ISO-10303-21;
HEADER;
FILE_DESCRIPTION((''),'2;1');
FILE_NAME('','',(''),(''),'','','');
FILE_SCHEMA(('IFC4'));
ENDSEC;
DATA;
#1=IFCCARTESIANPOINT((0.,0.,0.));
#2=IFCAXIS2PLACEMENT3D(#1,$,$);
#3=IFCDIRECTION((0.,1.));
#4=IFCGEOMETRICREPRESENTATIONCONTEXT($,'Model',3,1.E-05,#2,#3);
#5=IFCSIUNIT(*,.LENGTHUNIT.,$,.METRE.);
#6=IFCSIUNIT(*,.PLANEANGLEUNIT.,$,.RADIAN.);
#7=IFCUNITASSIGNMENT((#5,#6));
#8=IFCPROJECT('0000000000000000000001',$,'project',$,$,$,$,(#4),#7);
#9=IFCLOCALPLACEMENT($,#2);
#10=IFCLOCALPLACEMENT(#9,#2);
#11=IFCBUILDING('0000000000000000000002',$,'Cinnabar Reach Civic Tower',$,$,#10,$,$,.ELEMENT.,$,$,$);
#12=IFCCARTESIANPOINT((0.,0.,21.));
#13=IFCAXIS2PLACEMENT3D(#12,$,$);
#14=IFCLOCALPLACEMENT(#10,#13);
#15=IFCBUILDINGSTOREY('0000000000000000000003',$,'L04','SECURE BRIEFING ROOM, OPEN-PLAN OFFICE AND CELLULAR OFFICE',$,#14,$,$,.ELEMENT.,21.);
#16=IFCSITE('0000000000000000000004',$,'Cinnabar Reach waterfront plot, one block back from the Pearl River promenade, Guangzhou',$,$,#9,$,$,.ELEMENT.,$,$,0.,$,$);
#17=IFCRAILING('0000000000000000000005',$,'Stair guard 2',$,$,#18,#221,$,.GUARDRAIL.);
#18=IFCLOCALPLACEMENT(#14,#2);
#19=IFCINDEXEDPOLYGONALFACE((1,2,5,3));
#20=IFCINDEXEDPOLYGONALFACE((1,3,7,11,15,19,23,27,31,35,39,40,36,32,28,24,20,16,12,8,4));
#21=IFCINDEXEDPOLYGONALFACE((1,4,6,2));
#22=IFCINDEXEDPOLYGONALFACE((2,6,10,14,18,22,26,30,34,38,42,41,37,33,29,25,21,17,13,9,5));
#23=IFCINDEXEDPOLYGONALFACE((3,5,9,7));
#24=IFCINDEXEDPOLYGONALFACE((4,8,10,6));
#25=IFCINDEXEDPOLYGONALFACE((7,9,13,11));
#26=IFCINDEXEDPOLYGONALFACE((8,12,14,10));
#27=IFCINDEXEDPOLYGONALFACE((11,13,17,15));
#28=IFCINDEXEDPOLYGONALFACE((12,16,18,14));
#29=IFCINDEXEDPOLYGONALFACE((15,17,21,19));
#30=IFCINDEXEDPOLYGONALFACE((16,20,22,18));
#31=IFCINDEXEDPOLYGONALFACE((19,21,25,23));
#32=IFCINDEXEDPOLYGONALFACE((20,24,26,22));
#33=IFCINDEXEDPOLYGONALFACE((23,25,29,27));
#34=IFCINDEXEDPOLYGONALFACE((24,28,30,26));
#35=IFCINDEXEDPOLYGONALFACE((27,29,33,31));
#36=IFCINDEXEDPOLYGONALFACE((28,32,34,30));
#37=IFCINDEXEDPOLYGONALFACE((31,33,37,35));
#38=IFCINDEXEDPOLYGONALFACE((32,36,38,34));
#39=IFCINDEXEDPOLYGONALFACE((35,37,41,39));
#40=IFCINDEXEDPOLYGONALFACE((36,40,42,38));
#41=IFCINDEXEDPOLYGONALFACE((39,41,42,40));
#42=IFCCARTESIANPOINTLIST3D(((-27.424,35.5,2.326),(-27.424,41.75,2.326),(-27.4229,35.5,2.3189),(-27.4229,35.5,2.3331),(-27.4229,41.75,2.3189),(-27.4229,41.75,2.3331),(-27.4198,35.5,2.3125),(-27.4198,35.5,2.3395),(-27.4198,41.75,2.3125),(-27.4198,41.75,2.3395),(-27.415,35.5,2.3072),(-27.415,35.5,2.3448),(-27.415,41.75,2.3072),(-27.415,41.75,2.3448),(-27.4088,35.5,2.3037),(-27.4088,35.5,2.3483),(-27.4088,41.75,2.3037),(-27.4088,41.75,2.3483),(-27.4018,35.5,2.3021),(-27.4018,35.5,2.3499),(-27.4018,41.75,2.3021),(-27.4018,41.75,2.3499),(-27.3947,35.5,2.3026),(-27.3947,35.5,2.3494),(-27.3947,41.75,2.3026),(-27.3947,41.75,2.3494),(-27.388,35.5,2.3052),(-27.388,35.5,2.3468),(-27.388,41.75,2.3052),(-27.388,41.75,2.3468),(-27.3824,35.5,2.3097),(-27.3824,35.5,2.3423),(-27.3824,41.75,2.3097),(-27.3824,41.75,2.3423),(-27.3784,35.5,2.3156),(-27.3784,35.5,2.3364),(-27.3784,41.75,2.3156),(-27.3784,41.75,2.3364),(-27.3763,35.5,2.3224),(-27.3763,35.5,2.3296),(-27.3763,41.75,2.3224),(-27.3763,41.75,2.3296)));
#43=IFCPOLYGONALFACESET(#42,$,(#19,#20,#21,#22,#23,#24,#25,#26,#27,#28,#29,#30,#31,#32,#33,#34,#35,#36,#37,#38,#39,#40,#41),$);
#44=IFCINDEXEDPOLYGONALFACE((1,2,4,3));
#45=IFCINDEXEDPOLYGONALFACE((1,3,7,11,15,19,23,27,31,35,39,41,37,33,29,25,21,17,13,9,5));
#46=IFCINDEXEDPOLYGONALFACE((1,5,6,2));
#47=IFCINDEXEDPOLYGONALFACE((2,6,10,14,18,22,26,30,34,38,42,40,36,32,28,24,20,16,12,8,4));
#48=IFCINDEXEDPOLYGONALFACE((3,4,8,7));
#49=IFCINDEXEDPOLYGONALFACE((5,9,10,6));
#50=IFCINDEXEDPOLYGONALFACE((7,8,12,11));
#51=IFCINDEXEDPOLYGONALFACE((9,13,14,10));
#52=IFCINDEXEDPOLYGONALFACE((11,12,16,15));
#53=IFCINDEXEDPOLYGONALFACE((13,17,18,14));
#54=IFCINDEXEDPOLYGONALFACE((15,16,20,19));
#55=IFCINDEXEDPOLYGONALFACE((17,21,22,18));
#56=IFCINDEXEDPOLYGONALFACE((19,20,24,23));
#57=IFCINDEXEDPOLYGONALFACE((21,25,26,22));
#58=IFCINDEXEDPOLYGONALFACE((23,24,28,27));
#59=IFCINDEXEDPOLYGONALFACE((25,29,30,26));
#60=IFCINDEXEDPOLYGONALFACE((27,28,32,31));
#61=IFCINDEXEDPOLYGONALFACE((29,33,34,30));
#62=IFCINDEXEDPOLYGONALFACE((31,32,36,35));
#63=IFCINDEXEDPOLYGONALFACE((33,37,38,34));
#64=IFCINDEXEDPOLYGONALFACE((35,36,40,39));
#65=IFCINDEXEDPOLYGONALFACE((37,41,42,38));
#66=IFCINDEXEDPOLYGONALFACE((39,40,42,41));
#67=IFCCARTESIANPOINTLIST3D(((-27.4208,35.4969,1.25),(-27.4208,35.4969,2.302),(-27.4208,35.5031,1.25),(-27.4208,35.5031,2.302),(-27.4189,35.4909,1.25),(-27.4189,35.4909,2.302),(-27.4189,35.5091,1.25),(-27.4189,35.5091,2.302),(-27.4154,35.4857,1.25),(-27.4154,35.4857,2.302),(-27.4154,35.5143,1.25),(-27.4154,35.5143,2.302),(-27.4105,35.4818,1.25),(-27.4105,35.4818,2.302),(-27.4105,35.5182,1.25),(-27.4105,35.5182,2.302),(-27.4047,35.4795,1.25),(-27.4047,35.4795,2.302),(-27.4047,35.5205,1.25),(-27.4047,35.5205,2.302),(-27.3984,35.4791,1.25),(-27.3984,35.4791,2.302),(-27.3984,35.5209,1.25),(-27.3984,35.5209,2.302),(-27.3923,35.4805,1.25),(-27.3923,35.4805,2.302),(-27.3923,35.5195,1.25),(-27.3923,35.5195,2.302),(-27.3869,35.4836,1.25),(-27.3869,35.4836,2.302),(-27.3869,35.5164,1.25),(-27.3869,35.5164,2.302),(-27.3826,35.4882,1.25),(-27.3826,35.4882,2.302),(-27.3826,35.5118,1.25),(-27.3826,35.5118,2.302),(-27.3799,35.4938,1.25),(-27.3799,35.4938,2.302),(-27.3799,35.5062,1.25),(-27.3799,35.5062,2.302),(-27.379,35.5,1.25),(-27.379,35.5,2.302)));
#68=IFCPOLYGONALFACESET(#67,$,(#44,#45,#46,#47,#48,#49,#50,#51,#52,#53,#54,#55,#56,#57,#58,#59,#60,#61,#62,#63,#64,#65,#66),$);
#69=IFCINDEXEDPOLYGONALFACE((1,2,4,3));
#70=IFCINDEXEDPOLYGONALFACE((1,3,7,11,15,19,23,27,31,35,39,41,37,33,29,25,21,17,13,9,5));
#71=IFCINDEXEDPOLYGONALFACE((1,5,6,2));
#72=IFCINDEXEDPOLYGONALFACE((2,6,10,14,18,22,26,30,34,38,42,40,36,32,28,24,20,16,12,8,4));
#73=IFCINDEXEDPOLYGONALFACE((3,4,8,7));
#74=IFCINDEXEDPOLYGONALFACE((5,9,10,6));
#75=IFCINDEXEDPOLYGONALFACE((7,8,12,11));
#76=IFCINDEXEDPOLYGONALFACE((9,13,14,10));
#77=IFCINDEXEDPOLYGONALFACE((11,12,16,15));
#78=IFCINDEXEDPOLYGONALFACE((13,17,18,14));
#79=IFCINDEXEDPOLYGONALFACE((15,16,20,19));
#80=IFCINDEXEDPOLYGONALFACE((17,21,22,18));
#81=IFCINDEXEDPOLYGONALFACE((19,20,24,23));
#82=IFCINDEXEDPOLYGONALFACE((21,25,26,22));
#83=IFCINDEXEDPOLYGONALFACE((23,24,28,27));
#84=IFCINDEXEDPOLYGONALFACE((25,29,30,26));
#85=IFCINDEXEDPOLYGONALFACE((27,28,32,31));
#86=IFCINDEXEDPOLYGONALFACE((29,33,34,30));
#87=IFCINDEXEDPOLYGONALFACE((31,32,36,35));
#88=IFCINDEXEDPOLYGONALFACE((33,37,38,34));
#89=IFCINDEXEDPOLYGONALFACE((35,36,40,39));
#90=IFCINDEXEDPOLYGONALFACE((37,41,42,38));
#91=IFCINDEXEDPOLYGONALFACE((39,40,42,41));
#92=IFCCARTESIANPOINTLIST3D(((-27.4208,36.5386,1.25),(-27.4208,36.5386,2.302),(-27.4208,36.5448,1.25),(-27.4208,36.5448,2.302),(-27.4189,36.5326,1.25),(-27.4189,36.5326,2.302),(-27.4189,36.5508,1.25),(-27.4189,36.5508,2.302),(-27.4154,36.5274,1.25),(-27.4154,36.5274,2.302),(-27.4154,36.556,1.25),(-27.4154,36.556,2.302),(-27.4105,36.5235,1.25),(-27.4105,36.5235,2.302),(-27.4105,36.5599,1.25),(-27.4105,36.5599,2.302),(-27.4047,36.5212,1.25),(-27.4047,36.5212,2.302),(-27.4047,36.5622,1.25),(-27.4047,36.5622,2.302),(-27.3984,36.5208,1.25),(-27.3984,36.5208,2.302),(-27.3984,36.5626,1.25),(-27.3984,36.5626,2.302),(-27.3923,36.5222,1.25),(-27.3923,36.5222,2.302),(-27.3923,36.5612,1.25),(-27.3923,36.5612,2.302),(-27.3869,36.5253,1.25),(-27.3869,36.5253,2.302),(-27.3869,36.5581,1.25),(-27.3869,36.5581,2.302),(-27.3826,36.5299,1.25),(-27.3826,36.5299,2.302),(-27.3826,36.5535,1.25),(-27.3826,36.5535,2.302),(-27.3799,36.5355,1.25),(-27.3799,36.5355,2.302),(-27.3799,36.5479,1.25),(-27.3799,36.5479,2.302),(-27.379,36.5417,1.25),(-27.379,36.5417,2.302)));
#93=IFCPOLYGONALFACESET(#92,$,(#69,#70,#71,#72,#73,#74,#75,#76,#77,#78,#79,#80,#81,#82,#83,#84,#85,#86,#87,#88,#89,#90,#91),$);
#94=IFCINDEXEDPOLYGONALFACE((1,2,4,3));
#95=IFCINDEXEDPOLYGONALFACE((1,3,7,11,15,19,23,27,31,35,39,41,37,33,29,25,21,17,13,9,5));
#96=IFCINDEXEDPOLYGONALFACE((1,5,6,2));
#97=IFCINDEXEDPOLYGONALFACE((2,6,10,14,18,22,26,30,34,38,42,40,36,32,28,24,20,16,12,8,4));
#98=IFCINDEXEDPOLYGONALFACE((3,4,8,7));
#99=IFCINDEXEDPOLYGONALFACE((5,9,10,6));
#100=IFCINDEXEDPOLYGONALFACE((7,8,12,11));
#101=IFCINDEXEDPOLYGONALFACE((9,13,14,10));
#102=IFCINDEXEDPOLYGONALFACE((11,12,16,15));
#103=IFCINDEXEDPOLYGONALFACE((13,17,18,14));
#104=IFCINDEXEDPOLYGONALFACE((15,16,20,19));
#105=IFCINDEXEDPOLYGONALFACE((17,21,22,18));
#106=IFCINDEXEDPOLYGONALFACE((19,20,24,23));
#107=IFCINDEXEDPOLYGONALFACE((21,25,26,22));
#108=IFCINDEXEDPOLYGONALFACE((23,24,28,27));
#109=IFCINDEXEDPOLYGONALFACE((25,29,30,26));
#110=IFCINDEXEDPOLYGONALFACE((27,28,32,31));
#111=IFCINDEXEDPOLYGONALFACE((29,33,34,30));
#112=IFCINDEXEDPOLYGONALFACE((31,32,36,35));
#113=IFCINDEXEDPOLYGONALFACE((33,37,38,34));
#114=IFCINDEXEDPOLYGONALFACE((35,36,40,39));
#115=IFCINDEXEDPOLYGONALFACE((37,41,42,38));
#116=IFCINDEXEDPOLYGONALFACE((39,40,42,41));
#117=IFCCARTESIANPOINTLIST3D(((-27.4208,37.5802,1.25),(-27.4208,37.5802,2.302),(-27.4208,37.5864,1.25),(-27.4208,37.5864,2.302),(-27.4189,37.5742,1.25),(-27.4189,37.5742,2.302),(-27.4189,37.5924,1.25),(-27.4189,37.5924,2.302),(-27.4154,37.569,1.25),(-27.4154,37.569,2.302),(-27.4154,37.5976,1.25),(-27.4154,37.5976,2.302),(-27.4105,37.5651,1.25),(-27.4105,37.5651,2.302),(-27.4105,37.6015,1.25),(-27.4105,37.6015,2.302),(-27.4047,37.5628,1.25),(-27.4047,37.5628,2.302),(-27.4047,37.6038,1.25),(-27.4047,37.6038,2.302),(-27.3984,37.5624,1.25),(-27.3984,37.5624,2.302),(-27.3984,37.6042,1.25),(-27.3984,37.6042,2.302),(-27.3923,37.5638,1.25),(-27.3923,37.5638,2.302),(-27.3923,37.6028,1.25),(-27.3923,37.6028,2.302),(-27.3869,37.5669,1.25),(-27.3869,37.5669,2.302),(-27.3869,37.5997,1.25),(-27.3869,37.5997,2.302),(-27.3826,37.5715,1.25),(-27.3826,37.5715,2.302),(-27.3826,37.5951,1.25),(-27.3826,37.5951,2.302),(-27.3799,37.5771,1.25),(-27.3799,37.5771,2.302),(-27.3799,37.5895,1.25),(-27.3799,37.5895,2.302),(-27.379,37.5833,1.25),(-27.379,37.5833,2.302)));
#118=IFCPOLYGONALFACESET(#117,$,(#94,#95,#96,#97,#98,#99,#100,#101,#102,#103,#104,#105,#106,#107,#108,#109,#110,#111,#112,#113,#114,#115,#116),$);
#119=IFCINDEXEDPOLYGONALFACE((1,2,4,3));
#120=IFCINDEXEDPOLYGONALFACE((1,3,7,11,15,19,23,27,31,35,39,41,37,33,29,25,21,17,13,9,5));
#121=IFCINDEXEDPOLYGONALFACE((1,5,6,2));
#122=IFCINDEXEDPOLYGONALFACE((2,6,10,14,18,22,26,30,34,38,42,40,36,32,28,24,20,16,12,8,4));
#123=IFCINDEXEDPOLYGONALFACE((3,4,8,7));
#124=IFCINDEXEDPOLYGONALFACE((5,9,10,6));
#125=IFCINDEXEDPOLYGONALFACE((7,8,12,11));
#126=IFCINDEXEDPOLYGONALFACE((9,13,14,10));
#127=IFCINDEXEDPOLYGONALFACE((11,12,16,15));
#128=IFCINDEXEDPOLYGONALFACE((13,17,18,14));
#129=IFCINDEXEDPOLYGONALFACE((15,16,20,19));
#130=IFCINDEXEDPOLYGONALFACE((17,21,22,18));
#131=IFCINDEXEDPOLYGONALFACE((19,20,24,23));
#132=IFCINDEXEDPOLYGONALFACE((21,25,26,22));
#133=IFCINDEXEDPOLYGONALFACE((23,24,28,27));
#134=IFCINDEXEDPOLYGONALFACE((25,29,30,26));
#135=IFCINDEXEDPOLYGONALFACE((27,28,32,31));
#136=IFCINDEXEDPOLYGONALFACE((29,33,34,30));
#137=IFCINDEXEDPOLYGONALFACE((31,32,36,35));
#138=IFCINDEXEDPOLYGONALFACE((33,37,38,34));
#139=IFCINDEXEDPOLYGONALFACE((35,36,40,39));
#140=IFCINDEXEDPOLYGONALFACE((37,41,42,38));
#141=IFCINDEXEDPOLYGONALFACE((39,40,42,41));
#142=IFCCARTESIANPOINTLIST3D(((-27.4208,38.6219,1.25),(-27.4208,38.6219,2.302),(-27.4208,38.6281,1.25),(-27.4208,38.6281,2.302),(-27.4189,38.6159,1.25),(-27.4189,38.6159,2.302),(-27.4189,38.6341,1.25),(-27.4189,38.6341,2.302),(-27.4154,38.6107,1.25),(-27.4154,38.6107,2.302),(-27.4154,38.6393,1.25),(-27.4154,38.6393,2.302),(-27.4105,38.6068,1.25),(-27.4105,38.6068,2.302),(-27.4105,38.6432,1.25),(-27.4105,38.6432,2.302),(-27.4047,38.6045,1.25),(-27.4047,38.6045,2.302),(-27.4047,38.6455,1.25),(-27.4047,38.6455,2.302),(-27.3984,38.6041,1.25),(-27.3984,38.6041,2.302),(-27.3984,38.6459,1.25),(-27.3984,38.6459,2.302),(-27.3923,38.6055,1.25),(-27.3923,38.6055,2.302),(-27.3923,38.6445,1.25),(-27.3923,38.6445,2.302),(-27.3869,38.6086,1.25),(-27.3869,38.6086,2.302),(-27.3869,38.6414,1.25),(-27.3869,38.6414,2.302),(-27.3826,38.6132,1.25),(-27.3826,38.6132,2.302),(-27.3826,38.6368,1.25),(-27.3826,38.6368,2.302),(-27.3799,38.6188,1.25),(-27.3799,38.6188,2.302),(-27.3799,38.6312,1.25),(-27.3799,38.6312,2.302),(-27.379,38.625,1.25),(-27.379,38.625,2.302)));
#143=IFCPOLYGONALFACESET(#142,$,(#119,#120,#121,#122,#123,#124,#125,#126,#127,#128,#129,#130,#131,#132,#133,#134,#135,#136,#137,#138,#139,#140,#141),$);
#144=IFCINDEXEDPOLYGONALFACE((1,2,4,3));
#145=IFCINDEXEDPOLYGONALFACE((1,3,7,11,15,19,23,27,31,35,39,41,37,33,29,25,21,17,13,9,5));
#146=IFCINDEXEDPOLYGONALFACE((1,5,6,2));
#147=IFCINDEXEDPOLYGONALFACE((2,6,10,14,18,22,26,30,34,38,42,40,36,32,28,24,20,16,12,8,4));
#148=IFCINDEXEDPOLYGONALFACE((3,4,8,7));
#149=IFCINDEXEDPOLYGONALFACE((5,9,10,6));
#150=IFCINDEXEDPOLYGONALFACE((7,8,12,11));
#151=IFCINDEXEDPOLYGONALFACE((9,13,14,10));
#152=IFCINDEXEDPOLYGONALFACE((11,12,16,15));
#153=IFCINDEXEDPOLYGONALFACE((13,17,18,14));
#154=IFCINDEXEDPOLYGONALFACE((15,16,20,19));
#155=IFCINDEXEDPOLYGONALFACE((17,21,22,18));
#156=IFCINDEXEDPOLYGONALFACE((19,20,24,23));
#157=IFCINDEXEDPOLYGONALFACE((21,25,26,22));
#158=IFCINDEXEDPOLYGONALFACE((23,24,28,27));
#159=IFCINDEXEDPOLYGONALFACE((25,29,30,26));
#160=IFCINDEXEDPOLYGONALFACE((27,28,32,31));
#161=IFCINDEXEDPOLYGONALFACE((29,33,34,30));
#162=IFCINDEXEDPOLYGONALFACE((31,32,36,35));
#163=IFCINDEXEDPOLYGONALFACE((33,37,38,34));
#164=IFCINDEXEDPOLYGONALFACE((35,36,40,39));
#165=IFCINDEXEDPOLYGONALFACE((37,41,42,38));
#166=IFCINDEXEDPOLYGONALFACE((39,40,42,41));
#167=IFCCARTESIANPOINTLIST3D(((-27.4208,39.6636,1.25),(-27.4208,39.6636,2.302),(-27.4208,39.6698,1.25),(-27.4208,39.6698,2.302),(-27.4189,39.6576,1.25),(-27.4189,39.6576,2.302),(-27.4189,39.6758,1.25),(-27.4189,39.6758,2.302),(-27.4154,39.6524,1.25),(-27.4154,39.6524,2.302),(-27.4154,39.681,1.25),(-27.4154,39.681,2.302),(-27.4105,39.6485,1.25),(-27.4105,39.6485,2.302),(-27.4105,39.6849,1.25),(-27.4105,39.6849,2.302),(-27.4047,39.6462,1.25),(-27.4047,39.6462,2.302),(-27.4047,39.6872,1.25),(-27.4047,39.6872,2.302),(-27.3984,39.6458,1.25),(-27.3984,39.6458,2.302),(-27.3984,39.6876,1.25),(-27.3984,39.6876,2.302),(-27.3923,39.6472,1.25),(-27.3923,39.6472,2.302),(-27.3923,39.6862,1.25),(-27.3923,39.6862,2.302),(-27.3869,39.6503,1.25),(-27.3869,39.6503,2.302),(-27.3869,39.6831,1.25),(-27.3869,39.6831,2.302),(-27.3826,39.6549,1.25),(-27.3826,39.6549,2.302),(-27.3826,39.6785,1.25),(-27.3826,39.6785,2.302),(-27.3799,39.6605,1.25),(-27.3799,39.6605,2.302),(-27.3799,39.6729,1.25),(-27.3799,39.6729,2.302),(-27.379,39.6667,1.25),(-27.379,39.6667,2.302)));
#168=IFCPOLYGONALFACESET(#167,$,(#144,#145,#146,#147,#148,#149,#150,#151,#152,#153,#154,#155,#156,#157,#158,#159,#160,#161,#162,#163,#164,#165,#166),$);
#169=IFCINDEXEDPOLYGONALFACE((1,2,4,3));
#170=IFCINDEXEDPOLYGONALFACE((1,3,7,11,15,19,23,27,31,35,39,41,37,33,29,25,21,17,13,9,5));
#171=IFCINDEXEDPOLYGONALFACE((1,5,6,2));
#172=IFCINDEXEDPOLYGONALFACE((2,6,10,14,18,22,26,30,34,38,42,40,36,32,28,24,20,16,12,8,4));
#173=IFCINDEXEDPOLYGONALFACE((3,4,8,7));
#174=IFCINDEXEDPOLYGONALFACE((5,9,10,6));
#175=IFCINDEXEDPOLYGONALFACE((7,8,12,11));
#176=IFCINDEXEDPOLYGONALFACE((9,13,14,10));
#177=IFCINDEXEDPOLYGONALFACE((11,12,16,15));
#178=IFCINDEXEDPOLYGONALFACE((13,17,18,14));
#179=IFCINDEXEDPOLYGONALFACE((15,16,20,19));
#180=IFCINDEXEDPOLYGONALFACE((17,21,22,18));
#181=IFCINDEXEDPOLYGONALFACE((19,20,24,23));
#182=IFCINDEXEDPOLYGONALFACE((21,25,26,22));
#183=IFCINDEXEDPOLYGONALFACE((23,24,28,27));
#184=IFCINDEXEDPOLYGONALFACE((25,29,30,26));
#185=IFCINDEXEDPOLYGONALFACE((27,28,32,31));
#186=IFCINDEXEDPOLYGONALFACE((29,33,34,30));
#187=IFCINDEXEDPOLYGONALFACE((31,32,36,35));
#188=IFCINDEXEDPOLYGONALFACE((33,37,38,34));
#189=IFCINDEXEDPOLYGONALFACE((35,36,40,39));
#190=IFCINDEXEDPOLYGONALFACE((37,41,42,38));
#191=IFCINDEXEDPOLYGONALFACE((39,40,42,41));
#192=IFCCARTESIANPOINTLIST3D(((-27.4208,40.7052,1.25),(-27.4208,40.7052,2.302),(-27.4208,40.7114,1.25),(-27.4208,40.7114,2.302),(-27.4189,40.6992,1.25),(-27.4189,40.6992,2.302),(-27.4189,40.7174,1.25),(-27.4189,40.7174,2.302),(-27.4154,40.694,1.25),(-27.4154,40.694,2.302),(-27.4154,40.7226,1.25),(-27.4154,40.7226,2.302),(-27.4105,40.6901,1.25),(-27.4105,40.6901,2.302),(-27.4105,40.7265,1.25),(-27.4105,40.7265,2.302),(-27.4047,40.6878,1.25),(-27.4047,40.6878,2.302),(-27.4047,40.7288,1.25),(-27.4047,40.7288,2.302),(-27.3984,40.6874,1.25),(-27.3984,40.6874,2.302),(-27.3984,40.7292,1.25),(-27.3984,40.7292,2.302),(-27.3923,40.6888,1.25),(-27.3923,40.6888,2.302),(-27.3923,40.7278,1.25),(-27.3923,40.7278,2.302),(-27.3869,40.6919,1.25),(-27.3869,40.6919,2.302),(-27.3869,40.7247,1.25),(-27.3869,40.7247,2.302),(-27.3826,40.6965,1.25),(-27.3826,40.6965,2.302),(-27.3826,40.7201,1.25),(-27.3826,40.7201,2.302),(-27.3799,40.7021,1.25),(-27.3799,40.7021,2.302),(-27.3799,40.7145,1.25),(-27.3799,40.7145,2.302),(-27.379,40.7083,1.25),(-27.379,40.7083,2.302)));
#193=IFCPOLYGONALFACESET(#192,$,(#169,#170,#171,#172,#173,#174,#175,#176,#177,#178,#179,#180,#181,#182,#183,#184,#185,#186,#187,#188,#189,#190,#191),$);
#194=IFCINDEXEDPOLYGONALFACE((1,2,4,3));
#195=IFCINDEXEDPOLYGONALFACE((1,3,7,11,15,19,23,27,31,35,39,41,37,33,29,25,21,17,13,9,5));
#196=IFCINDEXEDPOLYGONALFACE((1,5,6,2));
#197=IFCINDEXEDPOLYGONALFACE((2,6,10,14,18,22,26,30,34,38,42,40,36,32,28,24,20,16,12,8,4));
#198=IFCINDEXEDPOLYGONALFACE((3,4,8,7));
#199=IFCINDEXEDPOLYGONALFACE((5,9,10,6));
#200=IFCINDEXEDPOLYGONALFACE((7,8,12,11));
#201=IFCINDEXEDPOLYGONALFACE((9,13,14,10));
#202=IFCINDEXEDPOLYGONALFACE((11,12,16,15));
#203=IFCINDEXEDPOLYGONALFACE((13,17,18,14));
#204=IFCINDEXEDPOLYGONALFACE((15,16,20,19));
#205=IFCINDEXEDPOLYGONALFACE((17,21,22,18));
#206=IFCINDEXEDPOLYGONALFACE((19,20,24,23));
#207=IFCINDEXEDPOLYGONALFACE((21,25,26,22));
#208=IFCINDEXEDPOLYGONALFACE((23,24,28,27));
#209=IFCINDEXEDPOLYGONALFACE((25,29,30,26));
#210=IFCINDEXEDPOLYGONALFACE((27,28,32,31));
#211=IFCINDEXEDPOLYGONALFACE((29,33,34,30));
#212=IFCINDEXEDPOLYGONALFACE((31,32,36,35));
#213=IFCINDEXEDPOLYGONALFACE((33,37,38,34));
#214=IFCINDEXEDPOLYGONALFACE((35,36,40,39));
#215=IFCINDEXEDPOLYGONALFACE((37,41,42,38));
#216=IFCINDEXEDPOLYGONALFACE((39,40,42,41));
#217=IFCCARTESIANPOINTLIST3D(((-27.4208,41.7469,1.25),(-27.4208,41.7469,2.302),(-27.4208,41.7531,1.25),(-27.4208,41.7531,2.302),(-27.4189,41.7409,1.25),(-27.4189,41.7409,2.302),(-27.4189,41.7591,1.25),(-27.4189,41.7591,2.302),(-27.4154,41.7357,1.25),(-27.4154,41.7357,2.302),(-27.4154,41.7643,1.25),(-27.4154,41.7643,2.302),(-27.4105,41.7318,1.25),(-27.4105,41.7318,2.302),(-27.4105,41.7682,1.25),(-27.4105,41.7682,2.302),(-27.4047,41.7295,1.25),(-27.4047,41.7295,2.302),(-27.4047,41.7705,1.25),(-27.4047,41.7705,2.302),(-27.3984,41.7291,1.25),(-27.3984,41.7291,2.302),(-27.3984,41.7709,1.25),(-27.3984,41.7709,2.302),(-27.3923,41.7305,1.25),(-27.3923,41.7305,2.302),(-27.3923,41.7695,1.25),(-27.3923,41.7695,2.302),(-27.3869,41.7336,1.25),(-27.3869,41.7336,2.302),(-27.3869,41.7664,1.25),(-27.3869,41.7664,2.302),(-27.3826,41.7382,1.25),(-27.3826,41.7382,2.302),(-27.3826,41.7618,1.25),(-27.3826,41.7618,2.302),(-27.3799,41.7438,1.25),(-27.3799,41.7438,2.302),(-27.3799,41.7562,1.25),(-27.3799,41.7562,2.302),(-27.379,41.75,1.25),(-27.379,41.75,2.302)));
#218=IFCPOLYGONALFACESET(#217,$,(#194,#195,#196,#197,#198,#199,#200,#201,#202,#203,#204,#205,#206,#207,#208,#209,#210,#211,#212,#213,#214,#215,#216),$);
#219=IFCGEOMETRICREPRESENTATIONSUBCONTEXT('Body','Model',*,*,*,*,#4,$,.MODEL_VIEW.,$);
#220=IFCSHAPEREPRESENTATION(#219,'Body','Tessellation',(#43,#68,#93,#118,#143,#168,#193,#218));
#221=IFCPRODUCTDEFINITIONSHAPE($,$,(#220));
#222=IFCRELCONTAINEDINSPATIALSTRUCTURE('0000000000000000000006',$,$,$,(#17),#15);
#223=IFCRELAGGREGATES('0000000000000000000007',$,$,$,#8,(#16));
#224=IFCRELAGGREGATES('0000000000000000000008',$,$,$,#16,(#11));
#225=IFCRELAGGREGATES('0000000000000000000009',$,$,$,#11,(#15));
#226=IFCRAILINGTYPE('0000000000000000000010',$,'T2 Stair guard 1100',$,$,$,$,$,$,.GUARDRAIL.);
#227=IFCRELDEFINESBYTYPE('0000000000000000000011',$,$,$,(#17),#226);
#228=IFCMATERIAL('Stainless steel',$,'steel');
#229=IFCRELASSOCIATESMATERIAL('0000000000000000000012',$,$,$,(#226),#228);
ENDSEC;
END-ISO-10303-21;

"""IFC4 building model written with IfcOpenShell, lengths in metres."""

from ifc_helpers import new_model, si_unit, direction, frame, origin, origin_2d, place, context, subcontext, project, spatial, circle, extrude, material, type_object, element, save


model = new_model("IFC4")

# Units and contexts
model_context = context("Model", 3, precision=1e-05, world=origin(), true_north=direction((0.0, 1.0)))
body_context = subcontext(model_context, "Body", "Model", "MODEL_VIEW")
ifc_project = project(units=[si_unit("LENGTHUNIT", "METRE"), si_unit("PLANEANGLEUNIT", "RADIAN")], contexts=[model_context])

# Site, building, storey
site_placement = place(None, origin())
site = spatial("IfcSite", under=ifc_project, at=site_placement, Name="Cinnabar Reach waterfront plot, one block back from the Pearl River promenade, Guangzhou", CompositionType="ELEMENT", RefElevation=0.0)
building_placement = place(site_placement, origin())
building = spatial("IfcBuilding", under=site, at=building_placement, Name="Cinnabar Reach Civic Tower", CompositionType="ELEMENT")
storey_placement = place(building_placement, frame((0.0, 0.0, 21.0)))
storey = spatial("IfcBuildingStorey", under=building, at=storey_placement, Name="L04", Description="SECURE BRIEFING ROOM, OPEN-PLAN OFFICE AND CELLULAR OFFICE", CompositionType="ELEMENT", Elevation=21.0)

# Railing
ifc_material_1 = material(Name="Stainless steel", Category="steel")
railing_type = type_object("IfcRailingType", Name="T2 Stair guard 1100", PredefinedType="GUARDRAIL", material=ifc_material_1)
for number, where, name in (
    (1, (-27.4, 35.5, 1.25), "Stair guard 2"),
):
    element("IfcRailing", number, at=place(storey_placement, frame(where)), inside=storey, type_object=railing_type, Name=name, PredefinedType="GUARDRAIL", context=body_context, shape_type="SweptSolid", body=[
        extrude(circle(Radius=0.024, at=origin_2d()), frame((0.0, 0.0, 1.076), z_axis=(0.0, 1.0, 0.0), x_axis=(-1.0, 0.0, 0.0)), (0.0, 0.0, 1.0), 6.25),
        extrude(circle(Radius=0.021, at=origin_2d()), origin(), (0.0, 0.0, 1.0), 1.052),
        extrude(circle(Radius=0.021, at=origin_2d()), frame((0.0, 1.0417, 0.0)), (0.0, 0.0, 1.0), 1.052),
        extrude(circle(Radius=0.021, at=origin_2d()), frame((0.0, 2.0833, 0.0)), (0.0, 0.0, 1.0), 1.052),
        extrude(circle(Radius=0.021, at=origin_2d()), frame((0.0, 3.125, 0.0)), (0.0, 0.0, 1.0), 1.052),
        extrude(circle(Radius=0.021, at=origin_2d()), frame((0.0, 4.1667, 0.0)), (0.0, 0.0, 1.0), 1.052),
        extrude(circle(Radius=0.021, at=origin_2d()), frame((0.0, 5.2083, 0.0)), (0.0, 0.0, 1.0), 1.052),
        extrude(circle(Radius=0.021, at=origin_2d()), frame((0.0, 6.25, 0.0)), (0.0, 0.0, 1.0), 1.052),
    ])

save(model, "model.ifc")
